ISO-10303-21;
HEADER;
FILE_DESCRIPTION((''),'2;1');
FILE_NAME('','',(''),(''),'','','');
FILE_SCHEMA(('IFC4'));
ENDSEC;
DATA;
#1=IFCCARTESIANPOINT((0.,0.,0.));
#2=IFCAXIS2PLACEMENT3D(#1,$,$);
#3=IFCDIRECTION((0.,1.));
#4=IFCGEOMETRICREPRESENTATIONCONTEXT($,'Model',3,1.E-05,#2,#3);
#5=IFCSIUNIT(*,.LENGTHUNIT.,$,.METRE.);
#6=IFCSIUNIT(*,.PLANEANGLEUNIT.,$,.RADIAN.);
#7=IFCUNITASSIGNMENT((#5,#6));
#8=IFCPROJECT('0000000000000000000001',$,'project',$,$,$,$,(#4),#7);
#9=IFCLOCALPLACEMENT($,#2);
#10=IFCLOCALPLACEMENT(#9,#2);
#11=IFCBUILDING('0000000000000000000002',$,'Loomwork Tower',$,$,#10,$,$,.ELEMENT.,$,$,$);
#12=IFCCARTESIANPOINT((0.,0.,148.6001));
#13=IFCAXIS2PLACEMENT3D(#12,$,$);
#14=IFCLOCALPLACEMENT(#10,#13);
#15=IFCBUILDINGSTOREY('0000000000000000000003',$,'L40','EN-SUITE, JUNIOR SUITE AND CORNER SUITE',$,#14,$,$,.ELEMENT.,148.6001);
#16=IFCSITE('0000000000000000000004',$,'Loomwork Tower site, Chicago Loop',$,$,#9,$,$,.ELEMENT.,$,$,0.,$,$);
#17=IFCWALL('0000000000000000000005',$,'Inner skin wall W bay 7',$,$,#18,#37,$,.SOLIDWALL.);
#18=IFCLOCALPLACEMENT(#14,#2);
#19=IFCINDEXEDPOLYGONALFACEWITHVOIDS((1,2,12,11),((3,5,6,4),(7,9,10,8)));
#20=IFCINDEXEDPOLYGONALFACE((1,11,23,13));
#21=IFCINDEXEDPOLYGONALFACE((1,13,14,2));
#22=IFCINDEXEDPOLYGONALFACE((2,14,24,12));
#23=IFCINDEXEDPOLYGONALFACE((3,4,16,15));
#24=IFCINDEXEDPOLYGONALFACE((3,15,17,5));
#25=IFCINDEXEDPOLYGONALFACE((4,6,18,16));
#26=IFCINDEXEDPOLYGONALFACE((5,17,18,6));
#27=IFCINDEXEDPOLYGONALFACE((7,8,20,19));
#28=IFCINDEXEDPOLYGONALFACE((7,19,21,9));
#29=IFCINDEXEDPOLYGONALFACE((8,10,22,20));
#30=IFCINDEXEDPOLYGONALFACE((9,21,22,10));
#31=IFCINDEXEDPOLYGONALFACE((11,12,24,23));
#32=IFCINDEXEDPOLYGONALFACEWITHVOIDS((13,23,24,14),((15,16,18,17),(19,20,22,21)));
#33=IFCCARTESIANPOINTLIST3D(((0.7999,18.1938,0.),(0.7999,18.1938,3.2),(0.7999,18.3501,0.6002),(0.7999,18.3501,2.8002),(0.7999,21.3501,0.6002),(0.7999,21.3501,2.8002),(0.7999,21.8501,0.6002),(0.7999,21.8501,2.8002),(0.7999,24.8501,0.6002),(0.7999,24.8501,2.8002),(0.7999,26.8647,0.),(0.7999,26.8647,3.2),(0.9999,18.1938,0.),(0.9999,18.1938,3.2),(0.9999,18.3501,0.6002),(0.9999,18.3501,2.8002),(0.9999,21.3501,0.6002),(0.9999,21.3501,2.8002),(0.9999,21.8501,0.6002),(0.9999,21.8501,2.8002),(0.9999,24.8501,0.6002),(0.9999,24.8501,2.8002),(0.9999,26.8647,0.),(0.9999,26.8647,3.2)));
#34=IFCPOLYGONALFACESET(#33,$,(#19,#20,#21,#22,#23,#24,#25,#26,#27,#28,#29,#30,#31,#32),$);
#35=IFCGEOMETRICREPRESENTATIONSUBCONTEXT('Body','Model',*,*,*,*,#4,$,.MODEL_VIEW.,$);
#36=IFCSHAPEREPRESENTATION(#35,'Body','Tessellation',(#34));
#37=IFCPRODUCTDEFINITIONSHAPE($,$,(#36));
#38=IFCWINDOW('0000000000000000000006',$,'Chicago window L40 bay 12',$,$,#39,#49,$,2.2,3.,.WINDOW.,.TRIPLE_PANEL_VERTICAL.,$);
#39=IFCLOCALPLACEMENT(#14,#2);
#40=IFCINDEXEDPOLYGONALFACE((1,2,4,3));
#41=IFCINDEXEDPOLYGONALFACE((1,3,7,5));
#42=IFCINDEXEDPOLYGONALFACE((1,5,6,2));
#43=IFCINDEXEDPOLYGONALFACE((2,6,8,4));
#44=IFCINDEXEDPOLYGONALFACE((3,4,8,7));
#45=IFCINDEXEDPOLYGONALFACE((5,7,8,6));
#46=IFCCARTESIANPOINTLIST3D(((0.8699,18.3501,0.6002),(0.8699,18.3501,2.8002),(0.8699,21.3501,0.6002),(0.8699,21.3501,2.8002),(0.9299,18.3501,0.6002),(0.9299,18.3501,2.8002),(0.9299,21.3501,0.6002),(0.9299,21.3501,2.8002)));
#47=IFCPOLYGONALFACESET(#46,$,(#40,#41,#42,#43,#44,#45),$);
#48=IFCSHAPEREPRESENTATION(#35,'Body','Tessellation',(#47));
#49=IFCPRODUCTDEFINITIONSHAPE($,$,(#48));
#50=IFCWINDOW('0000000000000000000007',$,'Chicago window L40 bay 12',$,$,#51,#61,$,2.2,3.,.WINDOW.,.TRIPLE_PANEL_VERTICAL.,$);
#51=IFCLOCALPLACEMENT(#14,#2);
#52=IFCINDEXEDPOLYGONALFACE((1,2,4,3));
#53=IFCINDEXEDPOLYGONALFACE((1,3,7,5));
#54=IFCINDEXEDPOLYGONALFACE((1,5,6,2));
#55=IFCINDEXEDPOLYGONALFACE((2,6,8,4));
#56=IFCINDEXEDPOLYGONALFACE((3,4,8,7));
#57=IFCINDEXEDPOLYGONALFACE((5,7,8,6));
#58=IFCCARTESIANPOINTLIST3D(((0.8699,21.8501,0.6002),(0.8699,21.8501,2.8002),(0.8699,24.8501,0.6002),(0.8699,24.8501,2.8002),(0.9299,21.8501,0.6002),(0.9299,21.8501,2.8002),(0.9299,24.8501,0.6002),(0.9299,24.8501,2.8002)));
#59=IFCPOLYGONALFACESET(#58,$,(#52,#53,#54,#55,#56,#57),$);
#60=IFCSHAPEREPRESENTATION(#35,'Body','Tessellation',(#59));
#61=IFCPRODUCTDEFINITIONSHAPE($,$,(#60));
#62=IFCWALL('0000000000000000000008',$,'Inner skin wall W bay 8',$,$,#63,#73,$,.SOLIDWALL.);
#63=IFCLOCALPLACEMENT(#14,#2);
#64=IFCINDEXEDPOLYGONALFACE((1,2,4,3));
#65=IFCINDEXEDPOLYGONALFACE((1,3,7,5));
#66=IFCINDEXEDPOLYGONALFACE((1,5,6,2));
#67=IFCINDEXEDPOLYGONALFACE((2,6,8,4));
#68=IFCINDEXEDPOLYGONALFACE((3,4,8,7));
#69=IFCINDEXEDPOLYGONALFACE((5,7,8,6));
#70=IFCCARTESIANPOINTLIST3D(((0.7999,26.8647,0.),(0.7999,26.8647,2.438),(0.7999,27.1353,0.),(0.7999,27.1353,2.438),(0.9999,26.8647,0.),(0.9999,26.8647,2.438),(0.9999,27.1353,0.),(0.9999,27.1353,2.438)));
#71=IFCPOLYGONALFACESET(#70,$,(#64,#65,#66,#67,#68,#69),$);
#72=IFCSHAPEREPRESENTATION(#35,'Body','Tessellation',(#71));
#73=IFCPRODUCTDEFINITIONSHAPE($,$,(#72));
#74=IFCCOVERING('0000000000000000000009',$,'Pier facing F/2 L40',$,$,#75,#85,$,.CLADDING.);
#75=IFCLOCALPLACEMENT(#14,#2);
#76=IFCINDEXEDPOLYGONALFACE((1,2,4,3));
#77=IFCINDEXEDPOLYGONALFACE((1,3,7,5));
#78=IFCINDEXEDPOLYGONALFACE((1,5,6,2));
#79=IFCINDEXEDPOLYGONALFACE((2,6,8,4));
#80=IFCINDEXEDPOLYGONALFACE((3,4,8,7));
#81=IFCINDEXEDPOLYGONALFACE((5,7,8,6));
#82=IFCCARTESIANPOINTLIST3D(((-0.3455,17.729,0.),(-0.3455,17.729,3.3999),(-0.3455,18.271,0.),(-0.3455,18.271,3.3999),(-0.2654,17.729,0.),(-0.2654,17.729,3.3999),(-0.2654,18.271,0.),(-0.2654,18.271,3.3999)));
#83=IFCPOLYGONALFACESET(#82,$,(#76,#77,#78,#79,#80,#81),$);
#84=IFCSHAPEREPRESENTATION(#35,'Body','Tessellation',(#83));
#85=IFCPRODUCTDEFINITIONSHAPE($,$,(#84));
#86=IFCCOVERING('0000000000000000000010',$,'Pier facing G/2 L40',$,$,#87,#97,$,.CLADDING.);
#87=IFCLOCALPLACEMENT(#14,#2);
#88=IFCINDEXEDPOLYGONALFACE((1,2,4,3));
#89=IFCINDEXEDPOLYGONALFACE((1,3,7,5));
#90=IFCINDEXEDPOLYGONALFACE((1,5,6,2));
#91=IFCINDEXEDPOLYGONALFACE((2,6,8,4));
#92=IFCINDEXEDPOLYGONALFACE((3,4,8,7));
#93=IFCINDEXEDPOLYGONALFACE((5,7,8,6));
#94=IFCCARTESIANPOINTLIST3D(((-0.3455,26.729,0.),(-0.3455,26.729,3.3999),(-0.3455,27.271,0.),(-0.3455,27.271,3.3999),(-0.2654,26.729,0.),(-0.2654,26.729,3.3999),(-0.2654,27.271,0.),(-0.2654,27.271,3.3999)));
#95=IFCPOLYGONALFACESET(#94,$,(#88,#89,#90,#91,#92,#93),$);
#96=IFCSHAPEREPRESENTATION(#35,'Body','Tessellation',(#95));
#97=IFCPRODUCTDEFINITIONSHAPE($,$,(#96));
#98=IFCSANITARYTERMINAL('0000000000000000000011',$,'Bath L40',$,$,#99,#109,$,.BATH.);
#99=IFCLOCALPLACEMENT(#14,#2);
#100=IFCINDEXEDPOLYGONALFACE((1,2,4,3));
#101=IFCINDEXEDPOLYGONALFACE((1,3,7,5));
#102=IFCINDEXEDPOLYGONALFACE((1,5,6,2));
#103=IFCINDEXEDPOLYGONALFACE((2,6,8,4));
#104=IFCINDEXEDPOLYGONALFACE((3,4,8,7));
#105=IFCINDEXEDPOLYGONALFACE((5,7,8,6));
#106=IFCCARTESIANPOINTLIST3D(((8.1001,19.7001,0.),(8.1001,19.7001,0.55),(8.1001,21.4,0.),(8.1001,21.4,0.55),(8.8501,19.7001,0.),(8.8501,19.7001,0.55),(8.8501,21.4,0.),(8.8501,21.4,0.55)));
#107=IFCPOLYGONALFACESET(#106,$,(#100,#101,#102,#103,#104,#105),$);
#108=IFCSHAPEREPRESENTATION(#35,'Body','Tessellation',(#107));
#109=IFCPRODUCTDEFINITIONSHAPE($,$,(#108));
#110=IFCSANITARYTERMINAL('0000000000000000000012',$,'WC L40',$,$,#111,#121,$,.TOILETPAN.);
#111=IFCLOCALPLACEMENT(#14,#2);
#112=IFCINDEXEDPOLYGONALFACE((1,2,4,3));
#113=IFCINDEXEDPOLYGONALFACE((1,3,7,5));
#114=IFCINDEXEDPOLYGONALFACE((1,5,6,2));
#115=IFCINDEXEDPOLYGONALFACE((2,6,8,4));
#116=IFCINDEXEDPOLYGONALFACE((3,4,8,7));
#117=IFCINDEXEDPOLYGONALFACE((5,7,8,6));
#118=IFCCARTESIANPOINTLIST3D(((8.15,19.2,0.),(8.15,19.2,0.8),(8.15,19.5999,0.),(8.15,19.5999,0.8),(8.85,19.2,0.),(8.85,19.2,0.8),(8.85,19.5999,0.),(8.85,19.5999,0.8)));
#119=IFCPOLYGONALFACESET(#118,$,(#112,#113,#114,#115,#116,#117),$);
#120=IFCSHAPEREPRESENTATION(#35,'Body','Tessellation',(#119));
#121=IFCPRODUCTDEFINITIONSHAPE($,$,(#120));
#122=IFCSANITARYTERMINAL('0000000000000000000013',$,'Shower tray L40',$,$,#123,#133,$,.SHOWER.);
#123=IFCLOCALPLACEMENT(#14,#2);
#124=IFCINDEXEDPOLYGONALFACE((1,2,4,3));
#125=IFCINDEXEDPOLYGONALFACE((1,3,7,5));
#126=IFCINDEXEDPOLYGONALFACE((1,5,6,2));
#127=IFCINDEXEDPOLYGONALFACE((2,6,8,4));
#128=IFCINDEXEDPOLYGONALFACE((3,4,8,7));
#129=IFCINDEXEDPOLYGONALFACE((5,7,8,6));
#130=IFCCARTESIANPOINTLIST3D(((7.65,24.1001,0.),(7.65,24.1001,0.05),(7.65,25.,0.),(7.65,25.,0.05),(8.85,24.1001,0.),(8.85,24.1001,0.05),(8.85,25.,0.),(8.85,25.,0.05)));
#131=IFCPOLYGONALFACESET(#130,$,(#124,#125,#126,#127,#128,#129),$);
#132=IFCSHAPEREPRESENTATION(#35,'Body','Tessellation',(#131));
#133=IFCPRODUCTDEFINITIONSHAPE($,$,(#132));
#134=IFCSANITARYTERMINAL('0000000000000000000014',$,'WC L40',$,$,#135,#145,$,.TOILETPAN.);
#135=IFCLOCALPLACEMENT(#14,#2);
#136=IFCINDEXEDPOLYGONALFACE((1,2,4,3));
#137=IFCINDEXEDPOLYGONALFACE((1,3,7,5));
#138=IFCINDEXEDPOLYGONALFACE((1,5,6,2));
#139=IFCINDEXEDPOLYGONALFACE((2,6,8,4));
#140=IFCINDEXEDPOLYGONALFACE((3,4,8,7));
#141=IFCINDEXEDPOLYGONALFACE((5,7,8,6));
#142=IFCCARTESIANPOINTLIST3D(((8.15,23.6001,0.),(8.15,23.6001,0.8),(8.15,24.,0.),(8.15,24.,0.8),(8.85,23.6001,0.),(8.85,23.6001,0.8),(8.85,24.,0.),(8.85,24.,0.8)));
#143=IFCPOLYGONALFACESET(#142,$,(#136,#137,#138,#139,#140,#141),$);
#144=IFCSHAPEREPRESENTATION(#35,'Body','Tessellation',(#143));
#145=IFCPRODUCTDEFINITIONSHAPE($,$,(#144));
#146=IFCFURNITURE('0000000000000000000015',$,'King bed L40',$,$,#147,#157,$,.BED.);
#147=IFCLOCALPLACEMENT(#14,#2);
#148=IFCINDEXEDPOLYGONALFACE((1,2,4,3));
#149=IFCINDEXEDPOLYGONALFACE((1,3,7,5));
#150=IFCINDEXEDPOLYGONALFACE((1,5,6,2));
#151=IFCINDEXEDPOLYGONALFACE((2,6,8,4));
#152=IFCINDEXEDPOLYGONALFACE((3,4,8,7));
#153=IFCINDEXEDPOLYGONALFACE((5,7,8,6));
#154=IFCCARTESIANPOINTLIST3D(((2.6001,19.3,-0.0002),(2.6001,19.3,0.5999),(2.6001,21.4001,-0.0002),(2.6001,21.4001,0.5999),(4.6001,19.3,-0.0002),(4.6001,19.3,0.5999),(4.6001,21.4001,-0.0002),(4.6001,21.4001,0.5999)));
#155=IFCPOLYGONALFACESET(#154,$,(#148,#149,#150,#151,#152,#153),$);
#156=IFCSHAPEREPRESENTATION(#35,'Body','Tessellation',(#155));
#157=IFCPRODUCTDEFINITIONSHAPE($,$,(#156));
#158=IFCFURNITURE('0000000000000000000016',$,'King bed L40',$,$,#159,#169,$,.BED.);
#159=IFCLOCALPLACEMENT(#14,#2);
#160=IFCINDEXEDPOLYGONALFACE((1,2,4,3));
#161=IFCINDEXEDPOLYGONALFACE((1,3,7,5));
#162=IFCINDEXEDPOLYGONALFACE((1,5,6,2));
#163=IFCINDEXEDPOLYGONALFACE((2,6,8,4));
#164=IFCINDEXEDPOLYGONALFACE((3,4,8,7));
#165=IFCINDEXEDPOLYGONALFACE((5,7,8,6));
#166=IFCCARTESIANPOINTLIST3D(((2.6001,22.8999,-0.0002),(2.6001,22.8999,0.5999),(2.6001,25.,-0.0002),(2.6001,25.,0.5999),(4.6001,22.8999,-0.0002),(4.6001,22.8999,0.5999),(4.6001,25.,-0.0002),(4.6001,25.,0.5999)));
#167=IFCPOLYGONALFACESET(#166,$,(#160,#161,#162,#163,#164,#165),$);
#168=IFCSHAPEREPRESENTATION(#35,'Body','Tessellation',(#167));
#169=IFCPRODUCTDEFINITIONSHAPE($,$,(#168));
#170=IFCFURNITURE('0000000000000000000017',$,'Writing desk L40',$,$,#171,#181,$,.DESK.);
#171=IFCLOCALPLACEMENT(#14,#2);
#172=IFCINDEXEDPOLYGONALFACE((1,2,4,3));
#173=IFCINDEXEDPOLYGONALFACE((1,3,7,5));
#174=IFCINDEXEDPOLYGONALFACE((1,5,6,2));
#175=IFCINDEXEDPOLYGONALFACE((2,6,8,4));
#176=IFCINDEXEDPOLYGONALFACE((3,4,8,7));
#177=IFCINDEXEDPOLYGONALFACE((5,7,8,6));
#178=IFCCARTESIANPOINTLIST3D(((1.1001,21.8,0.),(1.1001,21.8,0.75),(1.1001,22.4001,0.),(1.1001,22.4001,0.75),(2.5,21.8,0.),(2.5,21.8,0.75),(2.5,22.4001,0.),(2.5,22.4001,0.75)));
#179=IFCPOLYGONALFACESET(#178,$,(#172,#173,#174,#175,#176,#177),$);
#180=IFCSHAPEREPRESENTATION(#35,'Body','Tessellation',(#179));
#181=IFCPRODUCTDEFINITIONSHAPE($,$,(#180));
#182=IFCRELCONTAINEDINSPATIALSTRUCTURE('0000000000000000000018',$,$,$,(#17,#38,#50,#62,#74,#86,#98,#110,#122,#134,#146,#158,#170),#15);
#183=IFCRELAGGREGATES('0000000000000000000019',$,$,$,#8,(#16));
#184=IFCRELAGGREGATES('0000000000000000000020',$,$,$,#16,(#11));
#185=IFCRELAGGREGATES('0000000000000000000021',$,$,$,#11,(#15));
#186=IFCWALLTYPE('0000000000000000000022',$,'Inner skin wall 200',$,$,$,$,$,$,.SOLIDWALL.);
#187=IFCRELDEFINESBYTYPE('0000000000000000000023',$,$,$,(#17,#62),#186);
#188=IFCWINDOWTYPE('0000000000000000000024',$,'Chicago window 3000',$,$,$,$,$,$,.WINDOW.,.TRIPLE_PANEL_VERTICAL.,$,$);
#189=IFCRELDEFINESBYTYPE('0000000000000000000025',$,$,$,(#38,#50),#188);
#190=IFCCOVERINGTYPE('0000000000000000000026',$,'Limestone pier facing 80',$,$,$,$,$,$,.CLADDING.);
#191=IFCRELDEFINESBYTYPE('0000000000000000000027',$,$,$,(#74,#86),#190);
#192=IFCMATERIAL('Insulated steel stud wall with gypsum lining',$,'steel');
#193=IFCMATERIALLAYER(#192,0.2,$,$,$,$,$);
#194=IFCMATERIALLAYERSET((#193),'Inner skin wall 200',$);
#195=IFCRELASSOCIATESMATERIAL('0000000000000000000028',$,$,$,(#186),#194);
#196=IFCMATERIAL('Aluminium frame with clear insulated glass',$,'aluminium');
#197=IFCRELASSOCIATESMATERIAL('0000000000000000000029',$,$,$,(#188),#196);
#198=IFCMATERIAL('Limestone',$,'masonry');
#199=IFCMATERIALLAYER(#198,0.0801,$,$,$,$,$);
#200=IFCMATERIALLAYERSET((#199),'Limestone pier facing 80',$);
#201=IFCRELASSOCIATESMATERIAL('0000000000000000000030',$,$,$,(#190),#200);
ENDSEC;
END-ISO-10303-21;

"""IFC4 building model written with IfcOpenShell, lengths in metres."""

from ifc_helpers import new_model, si_unit, direction, frame, frame_2d, origin, origin_2d, place, context, subcontext, project, spatial, rectangle, extrude, material, layer, layer_set, type_object, element, fill, save


model = new_model("IFC4")

# Units and contexts
model_context = context("Model", 3, precision=1e-05, world=origin(), true_north=direction((0.0, 1.0)))
body_context = subcontext(model_context, "Body", "Model", "MODEL_VIEW")
ifc_project = project(units=[si_unit("LENGTHUNIT", "METRE"), si_unit("PLANEANGLEUNIT", "RADIAN")], contexts=[model_context])

# Site, building, storey
site_placement = place(None, origin())
site = spatial("IfcSite", under=ifc_project, at=site_placement, Name="Loomwork Tower site, Chicago Loop", CompositionType="ELEMENT", RefElevation=0.0)
building_placement = place(site_placement, origin())
building = spatial("IfcBuilding", under=site, at=building_placement, Name="Loomwork Tower", CompositionType="ELEMENT")
storey_placement = place(building_placement, frame((0.0, 0.0, 148.6001)))
storey = spatial("IfcBuildingStorey", under=building, at=storey_placement, Name="L40", Description="EN-SUITE, JUNIOR SUITE AND CORNER SUITE", CompositionType="ELEMENT", Elevation=148.6001)

# Shared definitions
ifc_material_1 = material(Name="Insulated steel stud wall with gypsum lining", Category="steel")
ifc_layer_1 = layer(ifc_material_1, 0.2)
ifc_layer_set_1 = layer_set([ifc_layer_1], Name="Inner skin wall 200")
wall_type_1 = type_object("IfcWallType", Name="Inner skin wall 200", PredefinedType="SOLIDWALL", material=ifc_layer_set_1)

# Wall, openings, windows
wall_1_placement = place(storey_placement, frame((0.8999, 18.1938, 0.0), z_axis=(0.0, 0.0, 1.0), x_axis=(0.0, 1.0, 0.0)))
wall_1 = element("IfcWall", 1, at=wall_1_placement, inside=storey, type_object=wall_type_1, Name="Inner skin wall W bay 7", PredefinedType="SOLIDWALL", context=body_context, shape_type="SweptSolid", body=[
    extrude(rectangle(XDim=8.6709, YDim=0.2, at=frame_2d((4.3354, 0.0))), origin(), (0.0, 0.0, 1.0), 3.2),
])
opening_1_placement = place(wall_1_placement, frame((0.1562, 0.0, 0.6001)))
opening_1 = element("IfcOpeningElement", 2, at=opening_1_placement, cuts=wall_1, PredefinedType="OPENING", context=body_context, shape_type="SweptSolid", body=[
    extrude(rectangle(XDim=3.0, YDim=2.2, at=frame_2d((1.5, 1.1001))), frame((0.0, 0.1099, 0.0), z_axis=(0.0, -1.0, 0.0), x_axis=(1.0, 0.0, 0.0)), (0.0, 0.0, 1.0), 0.22),
])
opening_2_placement = place(wall_1_placement, frame((3.6562, 0.0, 0.6001)))
opening_2 = element("IfcOpeningElement", 3, at=opening_2_placement, cuts=wall_1, PredefinedType="OPENING", context=body_context, shape_type="SweptSolid", body=[
    extrude(rectangle(XDim=3.0, YDim=2.2, at=frame_2d((1.5, 1.1001))), frame((0.0, 0.1099, 0.0), z_axis=(0.0, -1.0, 0.0), x_axis=(1.0, 0.0, 0.0)), (0.0, 0.0, 1.0), 0.22),
])
ifc_material_2 = material(Name="Aluminium frame with clear insulated glass", Category="aluminium")
window_type = type_object("IfcWindowType", Name="Chicago window 3000", PartitioningType="TRIPLE_PANEL_VERTICAL", PredefinedType="WINDOW", material=ifc_material_2)
window_1_placement = place(opening_1_placement, origin())
window_1 = element("IfcWindow", 4, at=window_1_placement, inside=storey, type_object=window_type, Name="Chicago window L40 bay 12", OverallHeight=2.2, OverallWidth=3.0, PartitioningType="TRIPLE_PANEL_VERTICAL", PredefinedType="WINDOW", context=body_context, shape_type="SweptSolid", body=[
    extrude(rectangle(XDim=3.0, YDim=2.2, at=frame_2d((1.5, 1.1001))), frame((0.0, 0.03, 0.0), z_axis=(0.0, -1.0, 0.0), x_axis=(1.0, 0.0, 0.0)), (0.0, 0.0, 1.0), 0.0601),
])
fill(opening_1, window_1)
window_2_placement = place(opening_2_placement, origin())
window_2 = element("IfcWindow", 5, at=window_2_placement, inside=storey, type_object=window_type, Name="Chicago window L40 bay 12", OverallHeight=2.2, OverallWidth=3.0, PartitioningType="TRIPLE_PANEL_VERTICAL", PredefinedType="WINDOW", context=body_context, shape_type="SweptSolid", body=[
    extrude(rectangle(XDim=3.0, YDim=2.2, at=frame_2d((1.5, 1.1001))), frame((0.0, 0.03, 0.0), z_axis=(0.0, -1.0, 0.0), x_axis=(1.0, 0.0, 0.0)), (0.0, 0.0, 1.0), 0.0601),
])
fill(opening_2, window_2)

# Wall
wall_2_placement = place(storey_placement, frame((0.8999, 26.8647, 0.0), z_axis=(0.0, 0.0, 1.0), x_axis=(0.0, 1.0, 0.0)))
element("IfcWall", 6, at=wall_2_placement, inside=storey, type_object=wall_type_1, Name="Inner skin wall W bay 8", PredefinedType="SOLIDWALL", context=body_context, shape_type="SweptSolid", body=[
    extrude(rectangle(XDim=0.2705, YDim=0.2, at=frame_2d((0.1353, 0.0))), origin(), (0.0, 0.0, 1.0), 2.438),
])

# Coverings
ifc_material_3 = material(Name="Limestone", Category="masonry")
ifc_layer_2 = layer(ifc_material_3, 0.0801)
ifc_layer_set_2 = layer_set([ifc_layer_2], Name="Limestone pier facing 80")
covering_type = type_object("IfcCoveringType", Name="Limestone pier facing 80", PredefinedType="CLADDING", material=ifc_layer_set_2)
for number, where, z_axis, x_axis, name in (
    (7, (-0.3054, 18.0, 0.0), (0.0, 0.0, 1.0), (1.0, 0.0, 0.0), "Pier facing F/2 L40"),
    (8, (-0.3054, 27.0, 0.0), (0.0, 0.0, 1.0), (1.0, 0.0, 0.0), "Pier facing G/2 L40"),
):
    element("IfcCovering", number, at=place(storey_placement, frame(where, z_axis=z_axis, x_axis=x_axis)), inside=storey, type_object=covering_type, Name=name, PredefinedType="CLADDING", context=body_context, shape_type="SweptSolid", body=[
        extrude(rectangle(XDim=0.0801, YDim=0.542, at=origin_2d()), origin(), (0.0, 0.0, 1.0), 3.3999),
    ])

# Sanitary terminals
sanitary_terminal_1_placement = place(storey_placement, frame((8.4751, 20.55, 0.0), z_axis=(0.0, 0.0, 1.0), x_axis=(1.0, 0.0, 0.0)))
element("IfcSanitaryTerminal", 9, at=sanitary_terminal_1_placement, inside=storey, Name="Bath L40", PredefinedType="BATH", context=body_context, shape_type="SweptSolid", body=[
    extrude(rectangle(XDim=0.75, YDim=1.7, at=origin_2d()), origin(), (0.0, 0.0, 1.0), 0.55),
])
sanitary_terminal_2_placement = place(storey_placement, frame((8.5, 19.3999, 0.0), z_axis=(0.0, 0.0, 1.0), x_axis=(1.0, 0.0, 0.0)))
element("IfcSanitaryTerminal", 10, at=sanitary_terminal_2_placement, inside=storey, Name="WC L40", PredefinedType="TOILETPAN", context=body_context, shape_type="SweptSolid", body=[
    extrude(rectangle(XDim=0.7, YDim=0.3999, at=origin_2d()), origin(), (0.0, 0.0, 1.0), 0.8),
])
sanitary_terminal_3_placement = place(storey_placement, frame((8.25, 24.55, 0.0), z_axis=(0.0, 0.0, 1.0), x_axis=(1.0, 0.0, 0.0)))
element("IfcSanitaryTerminal", 11, at=sanitary_terminal_3_placement, inside=storey, Name="Shower tray L40", PredefinedType="SHOWER", context=body_context, shape_type="SweptSolid", body=[
    extrude(rectangle(XDim=1.2, YDim=0.8999, at=origin_2d()), origin(), (0.0, 0.0, 1.0), 0.05),
])
sanitary_terminal_4_placement = place(storey_placement, frame((8.5, 23.8, 0.0), z_axis=(0.0, 0.0, 1.0), x_axis=(1.0, 0.0, 0.0)))
element("IfcSanitaryTerminal", 12, at=sanitary_terminal_4_placement, inside=storey, Name="WC L40", PredefinedType="TOILETPAN", context=body_context, shape_type="SweptSolid", body=[
    extrude(rectangle(XDim=0.7, YDim=0.3999, at=origin_2d()), origin(), (0.0, 0.0, 1.0), 0.8),
])

# Furniture
for number, where, z_axis, x_axis, name in (
    (13, (3.6001, 20.3501, -0.0002), (0.0, 0.0, 1.0), (1.0, 0.0, 0.0), "King bed L40"),
    (14, (3.6001, 23.95, -0.0002), (0.0, 0.0, 1.0), (1.0, 0.0, 0.0), "King bed L40"),
):
    element("IfcFurniture", number, at=place(storey_placement, frame(where, z_axis=z_axis, x_axis=x_axis)), inside=storey, Name=name, PredefinedType="BED", context=body_context, shape_type="SweptSolid", body=[
        extrude(rectangle(XDim=2.0, YDim=2.1001, at=origin_2d()), origin(), (0.0, 0.0, 1.0), 0.6001),
    ])
furniture_placement = place(storey_placement, frame((1.8, 22.1001, 0.0), z_axis=(0.0, 0.0, 1.0), x_axis=(1.0, 0.0, 0.0)))
element("IfcFurniture", 15, at=furniture_placement, inside=storey, Name="Writing desk L40", PredefinedType="DESK", context=body_context, shape_type="SweptSolid", body=[
    extrude(rectangle(XDim=1.3999, YDim=0.6001, at=origin_2d()), origin(), (0.0, 0.0, 1.0), 0.75),
])

save(model, "model.ifc")
